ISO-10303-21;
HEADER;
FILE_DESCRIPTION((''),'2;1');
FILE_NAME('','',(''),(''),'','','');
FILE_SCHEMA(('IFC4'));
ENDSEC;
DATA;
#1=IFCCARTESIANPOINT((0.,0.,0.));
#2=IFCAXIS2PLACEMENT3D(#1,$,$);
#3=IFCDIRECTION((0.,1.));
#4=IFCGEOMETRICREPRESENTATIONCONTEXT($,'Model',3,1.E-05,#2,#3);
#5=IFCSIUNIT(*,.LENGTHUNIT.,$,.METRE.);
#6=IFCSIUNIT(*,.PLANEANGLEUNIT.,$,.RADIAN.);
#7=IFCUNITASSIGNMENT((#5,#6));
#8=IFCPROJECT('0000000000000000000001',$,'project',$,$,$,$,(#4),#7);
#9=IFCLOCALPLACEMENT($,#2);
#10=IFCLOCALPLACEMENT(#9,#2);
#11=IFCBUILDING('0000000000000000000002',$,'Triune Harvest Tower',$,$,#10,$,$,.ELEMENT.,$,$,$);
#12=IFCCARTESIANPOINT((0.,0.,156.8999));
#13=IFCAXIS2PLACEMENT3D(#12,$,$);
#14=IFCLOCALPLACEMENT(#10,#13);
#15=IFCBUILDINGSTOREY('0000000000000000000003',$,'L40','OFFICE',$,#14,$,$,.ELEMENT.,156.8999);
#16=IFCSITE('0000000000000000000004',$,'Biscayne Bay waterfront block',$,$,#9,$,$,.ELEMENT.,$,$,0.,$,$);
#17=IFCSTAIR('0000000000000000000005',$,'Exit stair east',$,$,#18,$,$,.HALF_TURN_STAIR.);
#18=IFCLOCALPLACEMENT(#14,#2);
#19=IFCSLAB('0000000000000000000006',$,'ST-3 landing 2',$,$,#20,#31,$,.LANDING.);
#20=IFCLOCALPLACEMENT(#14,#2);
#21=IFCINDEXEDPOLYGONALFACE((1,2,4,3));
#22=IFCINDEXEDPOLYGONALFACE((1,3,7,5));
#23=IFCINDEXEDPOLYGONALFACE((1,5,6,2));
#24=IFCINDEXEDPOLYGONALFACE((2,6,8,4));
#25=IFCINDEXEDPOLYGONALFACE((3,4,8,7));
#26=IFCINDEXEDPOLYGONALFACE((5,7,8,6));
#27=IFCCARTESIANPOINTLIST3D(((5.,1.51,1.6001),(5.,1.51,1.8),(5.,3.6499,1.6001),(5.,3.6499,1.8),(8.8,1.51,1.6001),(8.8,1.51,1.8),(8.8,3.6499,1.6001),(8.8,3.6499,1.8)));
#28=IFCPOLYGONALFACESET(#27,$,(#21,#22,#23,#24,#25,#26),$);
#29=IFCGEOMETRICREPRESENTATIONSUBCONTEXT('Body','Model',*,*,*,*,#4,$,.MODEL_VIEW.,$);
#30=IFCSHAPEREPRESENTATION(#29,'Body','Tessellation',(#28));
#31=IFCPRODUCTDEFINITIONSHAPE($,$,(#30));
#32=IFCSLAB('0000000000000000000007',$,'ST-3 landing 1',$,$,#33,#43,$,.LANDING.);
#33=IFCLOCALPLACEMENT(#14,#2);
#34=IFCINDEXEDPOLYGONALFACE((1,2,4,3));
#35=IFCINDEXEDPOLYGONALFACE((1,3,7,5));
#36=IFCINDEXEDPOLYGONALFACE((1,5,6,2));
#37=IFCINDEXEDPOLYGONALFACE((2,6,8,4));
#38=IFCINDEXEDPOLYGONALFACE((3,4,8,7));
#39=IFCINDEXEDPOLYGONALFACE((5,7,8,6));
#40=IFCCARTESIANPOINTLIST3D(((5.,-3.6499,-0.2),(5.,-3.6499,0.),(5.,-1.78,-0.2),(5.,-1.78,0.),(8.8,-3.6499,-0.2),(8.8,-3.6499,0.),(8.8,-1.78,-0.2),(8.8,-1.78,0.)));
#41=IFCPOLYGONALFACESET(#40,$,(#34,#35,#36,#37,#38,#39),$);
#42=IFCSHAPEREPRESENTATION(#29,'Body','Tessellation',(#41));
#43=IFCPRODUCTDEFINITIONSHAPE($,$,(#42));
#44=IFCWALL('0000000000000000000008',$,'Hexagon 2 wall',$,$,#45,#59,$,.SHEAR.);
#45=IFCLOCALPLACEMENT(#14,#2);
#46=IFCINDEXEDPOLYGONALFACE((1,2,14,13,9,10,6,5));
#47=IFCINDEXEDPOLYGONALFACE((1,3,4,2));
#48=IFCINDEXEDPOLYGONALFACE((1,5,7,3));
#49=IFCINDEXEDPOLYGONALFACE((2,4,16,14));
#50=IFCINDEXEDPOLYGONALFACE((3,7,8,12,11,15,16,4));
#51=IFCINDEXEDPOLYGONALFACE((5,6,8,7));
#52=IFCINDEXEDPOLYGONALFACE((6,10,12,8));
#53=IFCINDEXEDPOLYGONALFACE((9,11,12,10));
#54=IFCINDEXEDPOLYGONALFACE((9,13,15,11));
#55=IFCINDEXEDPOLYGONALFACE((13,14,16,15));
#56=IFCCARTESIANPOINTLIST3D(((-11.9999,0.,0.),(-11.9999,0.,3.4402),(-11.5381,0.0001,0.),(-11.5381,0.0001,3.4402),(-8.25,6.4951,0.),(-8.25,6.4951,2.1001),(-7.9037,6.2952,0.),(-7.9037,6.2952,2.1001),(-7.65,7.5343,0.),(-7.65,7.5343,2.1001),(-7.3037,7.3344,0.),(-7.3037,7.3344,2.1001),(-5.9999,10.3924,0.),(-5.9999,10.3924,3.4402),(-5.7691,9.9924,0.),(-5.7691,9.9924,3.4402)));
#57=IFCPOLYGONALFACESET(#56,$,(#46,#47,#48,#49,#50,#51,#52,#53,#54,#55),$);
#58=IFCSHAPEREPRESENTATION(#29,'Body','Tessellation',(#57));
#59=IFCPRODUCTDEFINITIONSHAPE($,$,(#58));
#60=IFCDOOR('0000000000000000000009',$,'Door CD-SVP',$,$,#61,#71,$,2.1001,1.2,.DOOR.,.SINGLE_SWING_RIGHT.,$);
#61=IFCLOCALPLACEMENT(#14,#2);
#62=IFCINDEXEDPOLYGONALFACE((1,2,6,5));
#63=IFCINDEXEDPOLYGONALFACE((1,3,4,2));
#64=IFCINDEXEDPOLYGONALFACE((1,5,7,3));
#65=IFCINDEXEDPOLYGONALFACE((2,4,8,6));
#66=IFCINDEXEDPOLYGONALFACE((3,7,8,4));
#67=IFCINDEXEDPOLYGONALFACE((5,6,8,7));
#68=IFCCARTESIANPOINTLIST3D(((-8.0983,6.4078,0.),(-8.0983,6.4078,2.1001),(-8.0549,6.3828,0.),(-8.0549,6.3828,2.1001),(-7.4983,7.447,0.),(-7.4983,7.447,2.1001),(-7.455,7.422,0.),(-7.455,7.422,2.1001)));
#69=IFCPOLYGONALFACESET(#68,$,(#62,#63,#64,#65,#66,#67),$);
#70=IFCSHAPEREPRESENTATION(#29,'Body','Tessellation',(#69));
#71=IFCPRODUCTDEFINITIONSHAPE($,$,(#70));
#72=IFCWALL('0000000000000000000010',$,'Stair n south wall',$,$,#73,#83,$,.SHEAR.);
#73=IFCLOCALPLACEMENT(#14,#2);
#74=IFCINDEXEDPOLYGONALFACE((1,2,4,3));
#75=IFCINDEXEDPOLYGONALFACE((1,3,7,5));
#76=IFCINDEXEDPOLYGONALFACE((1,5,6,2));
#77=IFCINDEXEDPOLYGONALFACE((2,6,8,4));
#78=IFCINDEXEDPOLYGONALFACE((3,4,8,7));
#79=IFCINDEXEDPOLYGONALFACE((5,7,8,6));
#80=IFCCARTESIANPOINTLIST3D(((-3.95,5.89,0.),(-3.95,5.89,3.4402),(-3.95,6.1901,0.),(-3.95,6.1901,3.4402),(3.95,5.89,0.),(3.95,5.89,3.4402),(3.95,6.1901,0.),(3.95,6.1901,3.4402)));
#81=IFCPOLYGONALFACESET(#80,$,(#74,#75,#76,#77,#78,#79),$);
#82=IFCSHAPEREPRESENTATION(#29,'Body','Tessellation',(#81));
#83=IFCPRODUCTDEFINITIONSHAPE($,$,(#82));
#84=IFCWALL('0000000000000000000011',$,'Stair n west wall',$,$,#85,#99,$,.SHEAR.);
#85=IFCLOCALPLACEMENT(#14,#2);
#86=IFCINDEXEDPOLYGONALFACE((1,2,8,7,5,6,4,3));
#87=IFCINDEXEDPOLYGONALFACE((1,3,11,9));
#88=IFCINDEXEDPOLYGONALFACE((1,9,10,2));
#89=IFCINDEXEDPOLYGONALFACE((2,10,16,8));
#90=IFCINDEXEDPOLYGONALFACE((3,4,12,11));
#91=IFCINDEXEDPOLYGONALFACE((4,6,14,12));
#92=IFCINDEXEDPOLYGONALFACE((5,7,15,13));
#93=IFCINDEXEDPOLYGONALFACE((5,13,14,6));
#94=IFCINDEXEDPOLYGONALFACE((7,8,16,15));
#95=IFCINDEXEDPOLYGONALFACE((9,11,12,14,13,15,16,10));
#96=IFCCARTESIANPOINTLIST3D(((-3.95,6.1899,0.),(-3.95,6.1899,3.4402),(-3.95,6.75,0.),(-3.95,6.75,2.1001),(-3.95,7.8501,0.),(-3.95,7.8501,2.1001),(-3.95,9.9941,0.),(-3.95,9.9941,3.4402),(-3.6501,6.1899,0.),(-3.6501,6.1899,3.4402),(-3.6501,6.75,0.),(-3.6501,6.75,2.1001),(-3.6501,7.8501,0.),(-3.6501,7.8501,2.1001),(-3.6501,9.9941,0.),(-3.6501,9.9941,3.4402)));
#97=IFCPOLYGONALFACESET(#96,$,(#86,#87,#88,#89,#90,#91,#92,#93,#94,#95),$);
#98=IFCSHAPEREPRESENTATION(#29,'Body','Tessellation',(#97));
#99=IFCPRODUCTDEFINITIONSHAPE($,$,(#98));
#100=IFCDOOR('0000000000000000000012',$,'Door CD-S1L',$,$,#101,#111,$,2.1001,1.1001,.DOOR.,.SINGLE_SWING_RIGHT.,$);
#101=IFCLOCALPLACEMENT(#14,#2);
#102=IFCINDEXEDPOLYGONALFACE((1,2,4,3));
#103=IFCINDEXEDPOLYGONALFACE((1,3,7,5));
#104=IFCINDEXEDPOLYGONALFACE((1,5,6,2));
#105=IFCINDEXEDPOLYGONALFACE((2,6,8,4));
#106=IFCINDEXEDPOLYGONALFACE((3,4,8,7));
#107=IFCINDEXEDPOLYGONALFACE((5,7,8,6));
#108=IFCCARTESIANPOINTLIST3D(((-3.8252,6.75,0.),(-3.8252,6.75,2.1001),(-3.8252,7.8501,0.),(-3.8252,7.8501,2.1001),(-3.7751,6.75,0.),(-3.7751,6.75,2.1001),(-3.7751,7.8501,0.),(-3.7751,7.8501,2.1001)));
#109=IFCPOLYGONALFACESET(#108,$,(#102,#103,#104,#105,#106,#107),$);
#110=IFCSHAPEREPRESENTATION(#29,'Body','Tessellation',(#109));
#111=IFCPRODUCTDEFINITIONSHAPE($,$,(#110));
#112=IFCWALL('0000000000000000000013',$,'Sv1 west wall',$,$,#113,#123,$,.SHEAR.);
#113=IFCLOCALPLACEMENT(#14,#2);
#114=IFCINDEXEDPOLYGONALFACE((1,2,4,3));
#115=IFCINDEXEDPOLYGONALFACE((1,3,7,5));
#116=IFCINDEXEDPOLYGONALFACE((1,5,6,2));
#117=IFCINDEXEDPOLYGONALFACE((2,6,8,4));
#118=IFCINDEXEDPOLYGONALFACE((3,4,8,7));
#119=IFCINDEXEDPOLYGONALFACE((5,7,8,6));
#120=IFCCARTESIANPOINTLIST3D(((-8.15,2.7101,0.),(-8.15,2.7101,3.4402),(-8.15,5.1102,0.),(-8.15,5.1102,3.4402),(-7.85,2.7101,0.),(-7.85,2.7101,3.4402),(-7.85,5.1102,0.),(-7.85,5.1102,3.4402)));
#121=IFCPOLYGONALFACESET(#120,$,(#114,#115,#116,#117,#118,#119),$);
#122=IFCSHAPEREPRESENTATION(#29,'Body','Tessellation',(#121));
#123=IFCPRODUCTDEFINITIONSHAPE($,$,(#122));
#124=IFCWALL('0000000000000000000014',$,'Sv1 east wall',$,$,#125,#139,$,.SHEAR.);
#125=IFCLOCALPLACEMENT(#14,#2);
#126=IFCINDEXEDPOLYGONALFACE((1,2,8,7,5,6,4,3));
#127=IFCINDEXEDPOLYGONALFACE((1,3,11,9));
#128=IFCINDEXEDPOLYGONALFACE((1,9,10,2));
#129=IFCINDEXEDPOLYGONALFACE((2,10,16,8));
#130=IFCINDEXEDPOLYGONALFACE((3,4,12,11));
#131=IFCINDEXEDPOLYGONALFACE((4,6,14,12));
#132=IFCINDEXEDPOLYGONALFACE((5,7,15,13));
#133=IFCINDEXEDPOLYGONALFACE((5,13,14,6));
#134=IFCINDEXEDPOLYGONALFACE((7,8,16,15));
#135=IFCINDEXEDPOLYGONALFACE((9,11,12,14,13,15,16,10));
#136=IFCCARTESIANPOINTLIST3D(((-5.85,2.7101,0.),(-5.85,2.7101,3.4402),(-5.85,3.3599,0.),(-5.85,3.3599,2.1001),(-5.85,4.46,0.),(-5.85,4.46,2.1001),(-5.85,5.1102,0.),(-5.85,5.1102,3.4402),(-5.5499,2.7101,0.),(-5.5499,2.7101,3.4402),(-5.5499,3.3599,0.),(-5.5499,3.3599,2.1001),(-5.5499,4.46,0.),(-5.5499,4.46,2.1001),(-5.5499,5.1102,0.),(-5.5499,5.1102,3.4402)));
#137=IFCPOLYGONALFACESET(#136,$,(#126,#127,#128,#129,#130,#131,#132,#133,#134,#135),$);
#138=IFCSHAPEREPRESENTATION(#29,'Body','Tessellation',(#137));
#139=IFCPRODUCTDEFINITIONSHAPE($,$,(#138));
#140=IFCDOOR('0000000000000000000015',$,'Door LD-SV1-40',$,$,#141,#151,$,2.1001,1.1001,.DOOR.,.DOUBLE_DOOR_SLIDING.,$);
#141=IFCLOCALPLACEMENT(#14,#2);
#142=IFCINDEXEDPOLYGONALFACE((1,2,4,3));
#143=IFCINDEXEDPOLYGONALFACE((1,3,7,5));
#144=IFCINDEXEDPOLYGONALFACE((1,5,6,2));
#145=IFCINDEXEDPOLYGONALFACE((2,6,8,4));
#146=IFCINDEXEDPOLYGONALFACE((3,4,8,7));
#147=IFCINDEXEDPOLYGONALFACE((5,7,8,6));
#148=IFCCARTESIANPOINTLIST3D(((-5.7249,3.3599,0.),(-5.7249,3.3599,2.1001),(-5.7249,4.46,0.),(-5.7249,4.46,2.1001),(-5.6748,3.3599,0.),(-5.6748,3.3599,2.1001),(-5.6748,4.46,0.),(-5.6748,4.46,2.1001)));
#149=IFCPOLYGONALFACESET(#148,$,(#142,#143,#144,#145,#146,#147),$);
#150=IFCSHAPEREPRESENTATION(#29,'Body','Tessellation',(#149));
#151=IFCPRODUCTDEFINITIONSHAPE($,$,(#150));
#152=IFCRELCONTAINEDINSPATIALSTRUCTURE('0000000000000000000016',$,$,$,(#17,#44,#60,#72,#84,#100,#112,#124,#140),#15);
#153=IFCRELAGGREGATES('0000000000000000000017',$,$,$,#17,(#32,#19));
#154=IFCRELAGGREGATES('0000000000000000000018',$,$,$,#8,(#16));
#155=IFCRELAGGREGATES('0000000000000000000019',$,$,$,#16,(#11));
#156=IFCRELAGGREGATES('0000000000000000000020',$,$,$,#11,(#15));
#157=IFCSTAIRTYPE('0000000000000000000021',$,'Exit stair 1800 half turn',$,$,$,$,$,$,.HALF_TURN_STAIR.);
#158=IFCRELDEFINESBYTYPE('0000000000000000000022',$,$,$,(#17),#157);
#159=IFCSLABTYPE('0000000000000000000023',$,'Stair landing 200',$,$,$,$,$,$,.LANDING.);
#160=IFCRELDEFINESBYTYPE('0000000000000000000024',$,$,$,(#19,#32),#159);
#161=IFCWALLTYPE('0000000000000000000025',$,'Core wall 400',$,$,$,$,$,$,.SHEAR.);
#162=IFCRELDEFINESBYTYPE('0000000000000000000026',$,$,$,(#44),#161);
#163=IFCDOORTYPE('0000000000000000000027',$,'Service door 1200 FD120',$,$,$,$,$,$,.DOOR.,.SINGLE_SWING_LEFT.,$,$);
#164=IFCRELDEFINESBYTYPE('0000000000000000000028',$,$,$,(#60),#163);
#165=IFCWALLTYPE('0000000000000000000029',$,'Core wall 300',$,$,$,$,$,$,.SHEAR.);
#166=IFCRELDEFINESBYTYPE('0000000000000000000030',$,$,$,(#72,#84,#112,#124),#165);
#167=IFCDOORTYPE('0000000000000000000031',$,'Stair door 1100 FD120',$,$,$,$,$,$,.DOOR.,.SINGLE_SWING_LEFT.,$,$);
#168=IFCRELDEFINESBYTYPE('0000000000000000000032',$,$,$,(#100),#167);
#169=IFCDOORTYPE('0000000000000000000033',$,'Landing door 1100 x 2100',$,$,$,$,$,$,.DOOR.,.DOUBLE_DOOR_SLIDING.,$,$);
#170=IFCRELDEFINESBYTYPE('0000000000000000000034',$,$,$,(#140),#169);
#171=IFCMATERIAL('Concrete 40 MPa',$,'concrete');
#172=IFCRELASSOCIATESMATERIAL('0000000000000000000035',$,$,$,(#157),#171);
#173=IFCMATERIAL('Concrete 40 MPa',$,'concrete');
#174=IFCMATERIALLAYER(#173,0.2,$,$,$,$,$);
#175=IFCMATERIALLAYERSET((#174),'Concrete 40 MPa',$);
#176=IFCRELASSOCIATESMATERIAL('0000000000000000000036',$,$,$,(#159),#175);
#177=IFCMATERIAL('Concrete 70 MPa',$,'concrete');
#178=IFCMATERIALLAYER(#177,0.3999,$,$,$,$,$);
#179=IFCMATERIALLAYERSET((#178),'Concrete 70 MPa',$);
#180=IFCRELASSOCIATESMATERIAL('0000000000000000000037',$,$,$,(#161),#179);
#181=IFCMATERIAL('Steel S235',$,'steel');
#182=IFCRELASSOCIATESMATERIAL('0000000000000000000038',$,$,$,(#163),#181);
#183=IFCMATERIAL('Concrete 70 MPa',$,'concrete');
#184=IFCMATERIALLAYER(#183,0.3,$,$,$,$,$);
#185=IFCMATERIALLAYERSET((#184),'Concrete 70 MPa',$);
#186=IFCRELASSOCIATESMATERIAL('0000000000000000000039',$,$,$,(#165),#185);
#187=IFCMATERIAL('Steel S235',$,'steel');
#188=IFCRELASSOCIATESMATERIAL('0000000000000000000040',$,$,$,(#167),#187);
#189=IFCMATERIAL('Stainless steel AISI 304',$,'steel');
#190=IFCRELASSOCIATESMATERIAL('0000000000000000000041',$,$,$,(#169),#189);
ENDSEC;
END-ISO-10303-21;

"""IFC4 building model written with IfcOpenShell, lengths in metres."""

from ifc_helpers import new_model, si_unit, direction, frame, frame_2d, origin, place, context, subcontext, project, spatial, polyline, rectangle, outline, extrude, source, transform, mapped, material, layer, layer_set, type_object, element, fill, aggregate, save


model = new_model("IFC4")

# Units and contexts
model_context = context("Model", 3, precision=1e-05, world=origin(), true_north=direction((0.0, 1.0)))
body_context = subcontext(model_context, "Body", "Model", "MODEL_VIEW")
ifc_project = project(units=[si_unit("LENGTHUNIT", "METRE"), si_unit("PLANEANGLEUNIT", "RADIAN")], contexts=[model_context])

# Site, building, storey
site_placement = place(None, origin())
site = spatial("IfcSite", under=ifc_project, at=site_placement, Name="Biscayne Bay waterfront block", CompositionType="ELEMENT", RefElevation=0.0)
building_placement = place(site_placement, origin())
building = spatial("IfcBuilding", under=site, at=building_placement, Name="Triune Harvest Tower", CompositionType="ELEMENT")
storey_placement = place(building_placement, frame((0.0, 0.0, 156.8999)))
storey = spatial("IfcBuildingStorey", under=building, at=storey_placement, Name="L40", Description="OFFICE", CompositionType="ELEMENT", Elevation=156.8999)

# Stair, slabs
ifc_material_1 = material(Name="Concrete 40 MPa", Category="concrete")
stair_type = type_object("IfcStairType", Name="Exit stair 1800 half turn", PredefinedType="HALF_TURN_STAIR", material=ifc_material_1)
ifc_material_2 = material(Name="Concrete 40 MPa", Category="concrete")
ifc_layer_1 = layer(ifc_material_2, 0.2)
ifc_layer_set_1 = layer_set([ifc_layer_1], Name="Concrete 40 MPa")
slab_type_1 = type_object("IfcSlabType", Name="Stair landing 200", PredefinedType="LANDING", material=ifc_layer_set_1)
stair_1_placement = place(storey_placement, origin())
stair_1 = element("IfcStair", 1, at=stair_1_placement, inside=storey, type_object=stair_type, Name="Exit stair east", PredefinedType="HALF_TURN_STAIR")
shared_shape_1 = source(origin(), body_context, "Body", "SweptSolid", [
    extrude(outline(polyline([(8.8, 1.51), (8.8, 3.6499), (5.0, 3.6499), (5.0, 1.51), (8.8, 1.51)])), origin(), (0.0, 0.0, 1.0), 0.2),
])
slab_1_placement = place(storey_placement, frame((0.0, 0.0, 1.6001)))
slab_1 = element("IfcSlab", 2, at=slab_1_placement, type_object=slab_type_1, Name="ST-3 landing 2", PredefinedType="LANDING", context=body_context, shape_type="MappedRepresentation", body=[
    mapped(shared_shape_1, transform((0.0, 0.0, 0.0), scale=1.0)),
])
shared_shape_2 = source(origin(), body_context, "Body", "SweptSolid", [
    extrude(outline(polyline([(8.8, -3.6499), (8.8, -1.78), (5.0, -1.78), (5.0, -3.6499), (8.8, -3.6499)])), origin(), (0.0, 0.0, 1.0), 0.2),
])
slab_2_placement = place(storey_placement, frame((0.0, 0.0, -0.2)))
slab_2 = element("IfcSlab", 3, at=slab_2_placement, type_object=slab_type_1, Name="ST-3 landing 1", PredefinedType="LANDING", context=body_context, shape_type="MappedRepresentation", body=[
    mapped(shared_shape_2, transform((0.0, 0.0, 0.0), scale=1.0)),
])
aggregate(stair_1, [slab_2, slab_1])

# Wall, opening, door
ifc_material_3 = material(Name="Concrete 70 MPa", Category="concrete")
ifc_layer_2 = layer(ifc_material_3, 0.3999)
ifc_layer_set_2 = layer_set([ifc_layer_2], Name="Concrete 70 MPa")
wall_type_1 = type_object("IfcWallType", Name="Core wall 400", PredefinedType="SHEAR", material=ifc_layer_set_2)
shared_shape_3 = source(origin(), body_context, "Body", "SweptSolid", [
    extrude(outline(polyline([(-0.1155, -0.2), (11.8845, -0.2), (11.6536, 0.2), (0.1155, 0.2), (-0.1155, -0.2)])), origin(), (0.0, 0.0, 1.0), 3.4402),
])
wall_1_placement = place(storey_placement, frame((-5.8845, 10.1924, 0.0), z_axis=(0.0, 0.0, 1.0), x_axis=(-0.499997, -0.866027, 0.0)))
wall_1 = element("IfcWall", 4, at=wall_1_placement, inside=storey, type_object=wall_type_1, Name="Hexagon 2 wall", PredefinedType="SHEAR", context=body_context, shape_type="MappedRepresentation", body=[
    mapped(shared_shape_3, transform((0.0, 0.0, 0.0), scale=1.0)),
])
opening_1_placement = place(wall_1_placement, frame((3.1846, 0.0, 0.0)))
opening_1 = element("IfcOpeningElement", 5, at=opening_1_placement, cuts=wall_1, PredefinedType="OPENING", context=body_context, shape_type="SweptSolid", body=[
    extrude(rectangle(XDim=1.2, YDim=2.1001, at=frame_2d((0.6001, 1.05))), frame((0.0, 0.21, 0.0), z_axis=(0.0, -1.0, 0.0), x_axis=(1.0, 0.0, 0.0)), (0.0, 0.0, 1.0), 0.4199),
])
ifc_material_4 = material(Name="Steel S235", Category="steel")
door_type_1 = type_object("IfcDoorType", Name="Service door 1200 FD120", OperationType="SINGLE_SWING_LEFT", PredefinedType="DOOR", material=ifc_material_4)
door_1_placement = place(opening_1_placement, frame((1.2, 0.0, 0.0), z_axis=(0.0, 0.0, 1.0), x_axis=(-1.0, 0.0, 0.0)))
door_1 = element("IfcDoor", 6, at=door_1_placement, inside=storey, type_object=door_type_1, Name="Door CD-SVP", OperationType="SINGLE_SWING_RIGHT", OverallHeight=2.1001, OverallWidth=1.2, PredefinedType="DOOR", context=body_context, shape_type="SweptSolid", body=[
    extrude(rectangle(XDim=1.2, YDim=2.1001, at=frame_2d((0.6001, 1.05))), frame((0.0, 0.0249, 0.0), z_axis=(0.0, -1.0, 0.0), x_axis=(1.0, 0.0, 0.0)), (0.0, 0.0, 1.0), 0.05),
])
fill(opening_1, door_1)

# Wall
ifc_material_5 = material(Name="Concrete 70 MPa", Category="concrete")
ifc_layer_3 = layer(ifc_material_5, 0.3)
ifc_layer_set_3 = layer_set([ifc_layer_3], Name="Concrete 70 MPa")
wall_type_2 = type_object("IfcWallType", Name="Core wall 300", PredefinedType="SHEAR", material=ifc_layer_set_3)
shared_shape_4 = source(origin(), body_context, "Body", "SweptSolid", [
    extrude(rectangle(XDim=7.8999, YDim=0.3, at=frame_2d((3.95, 0.0))), origin(), (0.0, 0.0, 1.0), 3.4402),
])
wall_2_placement = place(storey_placement, frame((-3.95, 6.04, 0.0), z_axis=(0.0, 0.0, 1.0), x_axis=(1.0, 0.0, 0.0)))
element("IfcWall", 7, at=wall_2_placement, inside=storey, type_object=wall_type_2, Name="Stair n south wall", PredefinedType="SHEAR", context=body_context, shape_type="MappedRepresentation", body=[
    mapped(shared_shape_4, transform((0.0, 0.0, 0.0), scale=1.0)),
])

# Wall, opening, door
shared_shape_5 = source(origin(), body_context, "Body", "SweptSolid", [
    extrude(outline(polyline([(0.0, -0.1499), (0.0, 0.1499), (3.8042, 0.1499), (3.8042, -0.1499), (0.0, -0.1499)])), origin(), (0.0, 0.0, 1.0), 3.4402),
])
wall_3_placement = place(storey_placement, frame((-3.8, 6.1899, 0.0), z_axis=(0.0, 0.0, 1.0), x_axis=(0.0, 1.0, 0.0)))
wall_3 = element("IfcWall", 8, at=wall_3_placement, inside=storey, type_object=wall_type_2, Name="Stair n west wall", PredefinedType="SHEAR", context=body_context, shape_type="MappedRepresentation", body=[
    mapped(shared_shape_5, transform((0.0, 0.0, 0.0), scale=1.0)),
])
opening_2_placement = place(wall_3_placement, frame((0.5601, 0.0, 0.0)))
opening_2 = element("IfcOpeningElement", 9, at=opening_2_placement, cuts=wall_3, PredefinedType="OPENING", context=body_context, shape_type="SweptSolid", body=[
    extrude(rectangle(XDim=1.1001, YDim=2.1001, at=frame_2d((0.55, 1.05))), frame((0.0, 0.1602, 0.0), z_axis=(0.0, -1.0, 0.0), x_axis=(1.0, 0.0, 0.0)), (0.0, 0.0, 1.0), 0.3201),
])
ifc_material_6 = material(Name="Steel S235", Category="steel")
door_type_2 = type_object("IfcDoorType", Name="Stair door 1100 FD120", OperationType="SINGLE_SWING_LEFT", PredefinedType="DOOR", material=ifc_material_6)
door_2_placement = place(opening_2_placement, frame((1.1001, 0.0, 0.0), z_axis=(0.0, 0.0, 1.0), x_axis=(-1.0, 0.0, 0.0)))
door_2 = element("IfcDoor", 10, at=door_2_placement, inside=storey, type_object=door_type_2, Name="Door CD-S1L", OperationType="SINGLE_SWING_RIGHT", OverallHeight=2.1001, OverallWidth=1.1001, PredefinedType="DOOR", context=body_context, shape_type="SweptSolid", body=[
    extrude(rectangle(XDim=1.1001, YDim=2.1001, at=frame_2d((0.55, 1.05))), frame((0.0, 0.0249, 0.0), z_axis=(0.0, -1.0, 0.0), x_axis=(1.0, 0.0, 0.0)), (0.0, 0.0, 1.0), 0.05),
])
fill(opening_2, door_2)

# Wall
shared_shape_6 = source(origin(), body_context, "Body", "SweptSolid", [
    extrude(rectangle(XDim=2.4001, YDim=0.3, at=frame_2d((1.2002, 0.0))), origin(), (0.0, 0.0, 1.0), 3.4402),
])
wall_4_placement = place(storey_placement, frame((-8.0, 2.71, 0.0), z_axis=(0.0, 0.0, 1.0), x_axis=(0.0, 1.0, 0.0)))
element("IfcWall", 11, at=wall_4_placement, inside=storey, type_object=wall_type_2, Name="Sv1 west wall", PredefinedType="SHEAR", context=body_context, shape_type="MappedRepresentation", body=[
    mapped(shared_shape_6, transform((0.0, 0.0, 0.0), scale=1.0)),
])

# Wall, opening, door
wall_5_placement = place(storey_placement, frame((-5.7, 2.71, 0.0), z_axis=(0.0, 0.0, 1.0), x_axis=(0.0, 1.0, 0.0)))
wall_5 = element("IfcWall", 12, at=wall_5_placement, inside=storey, type_object=wall_type_2, Name="Sv1 east wall", PredefinedType="SHEAR", context=body_context, shape_type="MappedRepresentation", body=[
    mapped(shared_shape_6, transform((0.0, 0.0, 0.0), scale=1.0)),
])
opening_3_placement = place(wall_5_placement, frame((0.6499, 0.0, 0.0)))
opening_3 = element("IfcOpeningElement", 13, at=opening_3_placement, cuts=wall_5, PredefinedType="OPENING", context=body_context, shape_type="SweptSolid", body=[
    extrude(rectangle(XDim=1.1001, YDim=2.1001, at=frame_2d((0.55, 1.05))), frame((0.0, 0.1602, 0.0), z_axis=(0.0, -1.0, 0.0), x_axis=(1.0, 0.0, 0.0)), (0.0, 0.0, 1.0), 0.3201),
])
ifc_material_7 = material(Name="Stainless steel AISI 304", Category="steel")
door_type_3 = type_object("IfcDoorType", Name="Landing door 1100 x 2100", OperationType="DOUBLE_DOOR_SLIDING", PredefinedType="DOOR", material=ifc_material_7)
door_3_placement = place(opening_3_placement, origin())
door_3 = element("IfcDoor", 14, at=door_3_placement, inside=storey, type_object=door_type_3, Name="Door LD-SV1-40", OperationType="DOUBLE_DOOR_SLIDING", OverallHeight=2.1001, OverallWidth=1.1001, PredefinedType="DOOR", context=body_context, shape_type="SweptSolid", body=[
    extrude(rectangle(XDim=1.1001, YDim=2.1001, at=frame_2d((0.55, 1.05))), frame((0.0, 0.0249, 0.0), z_axis=(0.0, -1.0, 0.0), x_axis=(1.0, 0.0, 0.0)), (0.0, 0.0, 1.0), 0.05),
])
fill(opening_3, door_3)

save(model, "model.ifc")
